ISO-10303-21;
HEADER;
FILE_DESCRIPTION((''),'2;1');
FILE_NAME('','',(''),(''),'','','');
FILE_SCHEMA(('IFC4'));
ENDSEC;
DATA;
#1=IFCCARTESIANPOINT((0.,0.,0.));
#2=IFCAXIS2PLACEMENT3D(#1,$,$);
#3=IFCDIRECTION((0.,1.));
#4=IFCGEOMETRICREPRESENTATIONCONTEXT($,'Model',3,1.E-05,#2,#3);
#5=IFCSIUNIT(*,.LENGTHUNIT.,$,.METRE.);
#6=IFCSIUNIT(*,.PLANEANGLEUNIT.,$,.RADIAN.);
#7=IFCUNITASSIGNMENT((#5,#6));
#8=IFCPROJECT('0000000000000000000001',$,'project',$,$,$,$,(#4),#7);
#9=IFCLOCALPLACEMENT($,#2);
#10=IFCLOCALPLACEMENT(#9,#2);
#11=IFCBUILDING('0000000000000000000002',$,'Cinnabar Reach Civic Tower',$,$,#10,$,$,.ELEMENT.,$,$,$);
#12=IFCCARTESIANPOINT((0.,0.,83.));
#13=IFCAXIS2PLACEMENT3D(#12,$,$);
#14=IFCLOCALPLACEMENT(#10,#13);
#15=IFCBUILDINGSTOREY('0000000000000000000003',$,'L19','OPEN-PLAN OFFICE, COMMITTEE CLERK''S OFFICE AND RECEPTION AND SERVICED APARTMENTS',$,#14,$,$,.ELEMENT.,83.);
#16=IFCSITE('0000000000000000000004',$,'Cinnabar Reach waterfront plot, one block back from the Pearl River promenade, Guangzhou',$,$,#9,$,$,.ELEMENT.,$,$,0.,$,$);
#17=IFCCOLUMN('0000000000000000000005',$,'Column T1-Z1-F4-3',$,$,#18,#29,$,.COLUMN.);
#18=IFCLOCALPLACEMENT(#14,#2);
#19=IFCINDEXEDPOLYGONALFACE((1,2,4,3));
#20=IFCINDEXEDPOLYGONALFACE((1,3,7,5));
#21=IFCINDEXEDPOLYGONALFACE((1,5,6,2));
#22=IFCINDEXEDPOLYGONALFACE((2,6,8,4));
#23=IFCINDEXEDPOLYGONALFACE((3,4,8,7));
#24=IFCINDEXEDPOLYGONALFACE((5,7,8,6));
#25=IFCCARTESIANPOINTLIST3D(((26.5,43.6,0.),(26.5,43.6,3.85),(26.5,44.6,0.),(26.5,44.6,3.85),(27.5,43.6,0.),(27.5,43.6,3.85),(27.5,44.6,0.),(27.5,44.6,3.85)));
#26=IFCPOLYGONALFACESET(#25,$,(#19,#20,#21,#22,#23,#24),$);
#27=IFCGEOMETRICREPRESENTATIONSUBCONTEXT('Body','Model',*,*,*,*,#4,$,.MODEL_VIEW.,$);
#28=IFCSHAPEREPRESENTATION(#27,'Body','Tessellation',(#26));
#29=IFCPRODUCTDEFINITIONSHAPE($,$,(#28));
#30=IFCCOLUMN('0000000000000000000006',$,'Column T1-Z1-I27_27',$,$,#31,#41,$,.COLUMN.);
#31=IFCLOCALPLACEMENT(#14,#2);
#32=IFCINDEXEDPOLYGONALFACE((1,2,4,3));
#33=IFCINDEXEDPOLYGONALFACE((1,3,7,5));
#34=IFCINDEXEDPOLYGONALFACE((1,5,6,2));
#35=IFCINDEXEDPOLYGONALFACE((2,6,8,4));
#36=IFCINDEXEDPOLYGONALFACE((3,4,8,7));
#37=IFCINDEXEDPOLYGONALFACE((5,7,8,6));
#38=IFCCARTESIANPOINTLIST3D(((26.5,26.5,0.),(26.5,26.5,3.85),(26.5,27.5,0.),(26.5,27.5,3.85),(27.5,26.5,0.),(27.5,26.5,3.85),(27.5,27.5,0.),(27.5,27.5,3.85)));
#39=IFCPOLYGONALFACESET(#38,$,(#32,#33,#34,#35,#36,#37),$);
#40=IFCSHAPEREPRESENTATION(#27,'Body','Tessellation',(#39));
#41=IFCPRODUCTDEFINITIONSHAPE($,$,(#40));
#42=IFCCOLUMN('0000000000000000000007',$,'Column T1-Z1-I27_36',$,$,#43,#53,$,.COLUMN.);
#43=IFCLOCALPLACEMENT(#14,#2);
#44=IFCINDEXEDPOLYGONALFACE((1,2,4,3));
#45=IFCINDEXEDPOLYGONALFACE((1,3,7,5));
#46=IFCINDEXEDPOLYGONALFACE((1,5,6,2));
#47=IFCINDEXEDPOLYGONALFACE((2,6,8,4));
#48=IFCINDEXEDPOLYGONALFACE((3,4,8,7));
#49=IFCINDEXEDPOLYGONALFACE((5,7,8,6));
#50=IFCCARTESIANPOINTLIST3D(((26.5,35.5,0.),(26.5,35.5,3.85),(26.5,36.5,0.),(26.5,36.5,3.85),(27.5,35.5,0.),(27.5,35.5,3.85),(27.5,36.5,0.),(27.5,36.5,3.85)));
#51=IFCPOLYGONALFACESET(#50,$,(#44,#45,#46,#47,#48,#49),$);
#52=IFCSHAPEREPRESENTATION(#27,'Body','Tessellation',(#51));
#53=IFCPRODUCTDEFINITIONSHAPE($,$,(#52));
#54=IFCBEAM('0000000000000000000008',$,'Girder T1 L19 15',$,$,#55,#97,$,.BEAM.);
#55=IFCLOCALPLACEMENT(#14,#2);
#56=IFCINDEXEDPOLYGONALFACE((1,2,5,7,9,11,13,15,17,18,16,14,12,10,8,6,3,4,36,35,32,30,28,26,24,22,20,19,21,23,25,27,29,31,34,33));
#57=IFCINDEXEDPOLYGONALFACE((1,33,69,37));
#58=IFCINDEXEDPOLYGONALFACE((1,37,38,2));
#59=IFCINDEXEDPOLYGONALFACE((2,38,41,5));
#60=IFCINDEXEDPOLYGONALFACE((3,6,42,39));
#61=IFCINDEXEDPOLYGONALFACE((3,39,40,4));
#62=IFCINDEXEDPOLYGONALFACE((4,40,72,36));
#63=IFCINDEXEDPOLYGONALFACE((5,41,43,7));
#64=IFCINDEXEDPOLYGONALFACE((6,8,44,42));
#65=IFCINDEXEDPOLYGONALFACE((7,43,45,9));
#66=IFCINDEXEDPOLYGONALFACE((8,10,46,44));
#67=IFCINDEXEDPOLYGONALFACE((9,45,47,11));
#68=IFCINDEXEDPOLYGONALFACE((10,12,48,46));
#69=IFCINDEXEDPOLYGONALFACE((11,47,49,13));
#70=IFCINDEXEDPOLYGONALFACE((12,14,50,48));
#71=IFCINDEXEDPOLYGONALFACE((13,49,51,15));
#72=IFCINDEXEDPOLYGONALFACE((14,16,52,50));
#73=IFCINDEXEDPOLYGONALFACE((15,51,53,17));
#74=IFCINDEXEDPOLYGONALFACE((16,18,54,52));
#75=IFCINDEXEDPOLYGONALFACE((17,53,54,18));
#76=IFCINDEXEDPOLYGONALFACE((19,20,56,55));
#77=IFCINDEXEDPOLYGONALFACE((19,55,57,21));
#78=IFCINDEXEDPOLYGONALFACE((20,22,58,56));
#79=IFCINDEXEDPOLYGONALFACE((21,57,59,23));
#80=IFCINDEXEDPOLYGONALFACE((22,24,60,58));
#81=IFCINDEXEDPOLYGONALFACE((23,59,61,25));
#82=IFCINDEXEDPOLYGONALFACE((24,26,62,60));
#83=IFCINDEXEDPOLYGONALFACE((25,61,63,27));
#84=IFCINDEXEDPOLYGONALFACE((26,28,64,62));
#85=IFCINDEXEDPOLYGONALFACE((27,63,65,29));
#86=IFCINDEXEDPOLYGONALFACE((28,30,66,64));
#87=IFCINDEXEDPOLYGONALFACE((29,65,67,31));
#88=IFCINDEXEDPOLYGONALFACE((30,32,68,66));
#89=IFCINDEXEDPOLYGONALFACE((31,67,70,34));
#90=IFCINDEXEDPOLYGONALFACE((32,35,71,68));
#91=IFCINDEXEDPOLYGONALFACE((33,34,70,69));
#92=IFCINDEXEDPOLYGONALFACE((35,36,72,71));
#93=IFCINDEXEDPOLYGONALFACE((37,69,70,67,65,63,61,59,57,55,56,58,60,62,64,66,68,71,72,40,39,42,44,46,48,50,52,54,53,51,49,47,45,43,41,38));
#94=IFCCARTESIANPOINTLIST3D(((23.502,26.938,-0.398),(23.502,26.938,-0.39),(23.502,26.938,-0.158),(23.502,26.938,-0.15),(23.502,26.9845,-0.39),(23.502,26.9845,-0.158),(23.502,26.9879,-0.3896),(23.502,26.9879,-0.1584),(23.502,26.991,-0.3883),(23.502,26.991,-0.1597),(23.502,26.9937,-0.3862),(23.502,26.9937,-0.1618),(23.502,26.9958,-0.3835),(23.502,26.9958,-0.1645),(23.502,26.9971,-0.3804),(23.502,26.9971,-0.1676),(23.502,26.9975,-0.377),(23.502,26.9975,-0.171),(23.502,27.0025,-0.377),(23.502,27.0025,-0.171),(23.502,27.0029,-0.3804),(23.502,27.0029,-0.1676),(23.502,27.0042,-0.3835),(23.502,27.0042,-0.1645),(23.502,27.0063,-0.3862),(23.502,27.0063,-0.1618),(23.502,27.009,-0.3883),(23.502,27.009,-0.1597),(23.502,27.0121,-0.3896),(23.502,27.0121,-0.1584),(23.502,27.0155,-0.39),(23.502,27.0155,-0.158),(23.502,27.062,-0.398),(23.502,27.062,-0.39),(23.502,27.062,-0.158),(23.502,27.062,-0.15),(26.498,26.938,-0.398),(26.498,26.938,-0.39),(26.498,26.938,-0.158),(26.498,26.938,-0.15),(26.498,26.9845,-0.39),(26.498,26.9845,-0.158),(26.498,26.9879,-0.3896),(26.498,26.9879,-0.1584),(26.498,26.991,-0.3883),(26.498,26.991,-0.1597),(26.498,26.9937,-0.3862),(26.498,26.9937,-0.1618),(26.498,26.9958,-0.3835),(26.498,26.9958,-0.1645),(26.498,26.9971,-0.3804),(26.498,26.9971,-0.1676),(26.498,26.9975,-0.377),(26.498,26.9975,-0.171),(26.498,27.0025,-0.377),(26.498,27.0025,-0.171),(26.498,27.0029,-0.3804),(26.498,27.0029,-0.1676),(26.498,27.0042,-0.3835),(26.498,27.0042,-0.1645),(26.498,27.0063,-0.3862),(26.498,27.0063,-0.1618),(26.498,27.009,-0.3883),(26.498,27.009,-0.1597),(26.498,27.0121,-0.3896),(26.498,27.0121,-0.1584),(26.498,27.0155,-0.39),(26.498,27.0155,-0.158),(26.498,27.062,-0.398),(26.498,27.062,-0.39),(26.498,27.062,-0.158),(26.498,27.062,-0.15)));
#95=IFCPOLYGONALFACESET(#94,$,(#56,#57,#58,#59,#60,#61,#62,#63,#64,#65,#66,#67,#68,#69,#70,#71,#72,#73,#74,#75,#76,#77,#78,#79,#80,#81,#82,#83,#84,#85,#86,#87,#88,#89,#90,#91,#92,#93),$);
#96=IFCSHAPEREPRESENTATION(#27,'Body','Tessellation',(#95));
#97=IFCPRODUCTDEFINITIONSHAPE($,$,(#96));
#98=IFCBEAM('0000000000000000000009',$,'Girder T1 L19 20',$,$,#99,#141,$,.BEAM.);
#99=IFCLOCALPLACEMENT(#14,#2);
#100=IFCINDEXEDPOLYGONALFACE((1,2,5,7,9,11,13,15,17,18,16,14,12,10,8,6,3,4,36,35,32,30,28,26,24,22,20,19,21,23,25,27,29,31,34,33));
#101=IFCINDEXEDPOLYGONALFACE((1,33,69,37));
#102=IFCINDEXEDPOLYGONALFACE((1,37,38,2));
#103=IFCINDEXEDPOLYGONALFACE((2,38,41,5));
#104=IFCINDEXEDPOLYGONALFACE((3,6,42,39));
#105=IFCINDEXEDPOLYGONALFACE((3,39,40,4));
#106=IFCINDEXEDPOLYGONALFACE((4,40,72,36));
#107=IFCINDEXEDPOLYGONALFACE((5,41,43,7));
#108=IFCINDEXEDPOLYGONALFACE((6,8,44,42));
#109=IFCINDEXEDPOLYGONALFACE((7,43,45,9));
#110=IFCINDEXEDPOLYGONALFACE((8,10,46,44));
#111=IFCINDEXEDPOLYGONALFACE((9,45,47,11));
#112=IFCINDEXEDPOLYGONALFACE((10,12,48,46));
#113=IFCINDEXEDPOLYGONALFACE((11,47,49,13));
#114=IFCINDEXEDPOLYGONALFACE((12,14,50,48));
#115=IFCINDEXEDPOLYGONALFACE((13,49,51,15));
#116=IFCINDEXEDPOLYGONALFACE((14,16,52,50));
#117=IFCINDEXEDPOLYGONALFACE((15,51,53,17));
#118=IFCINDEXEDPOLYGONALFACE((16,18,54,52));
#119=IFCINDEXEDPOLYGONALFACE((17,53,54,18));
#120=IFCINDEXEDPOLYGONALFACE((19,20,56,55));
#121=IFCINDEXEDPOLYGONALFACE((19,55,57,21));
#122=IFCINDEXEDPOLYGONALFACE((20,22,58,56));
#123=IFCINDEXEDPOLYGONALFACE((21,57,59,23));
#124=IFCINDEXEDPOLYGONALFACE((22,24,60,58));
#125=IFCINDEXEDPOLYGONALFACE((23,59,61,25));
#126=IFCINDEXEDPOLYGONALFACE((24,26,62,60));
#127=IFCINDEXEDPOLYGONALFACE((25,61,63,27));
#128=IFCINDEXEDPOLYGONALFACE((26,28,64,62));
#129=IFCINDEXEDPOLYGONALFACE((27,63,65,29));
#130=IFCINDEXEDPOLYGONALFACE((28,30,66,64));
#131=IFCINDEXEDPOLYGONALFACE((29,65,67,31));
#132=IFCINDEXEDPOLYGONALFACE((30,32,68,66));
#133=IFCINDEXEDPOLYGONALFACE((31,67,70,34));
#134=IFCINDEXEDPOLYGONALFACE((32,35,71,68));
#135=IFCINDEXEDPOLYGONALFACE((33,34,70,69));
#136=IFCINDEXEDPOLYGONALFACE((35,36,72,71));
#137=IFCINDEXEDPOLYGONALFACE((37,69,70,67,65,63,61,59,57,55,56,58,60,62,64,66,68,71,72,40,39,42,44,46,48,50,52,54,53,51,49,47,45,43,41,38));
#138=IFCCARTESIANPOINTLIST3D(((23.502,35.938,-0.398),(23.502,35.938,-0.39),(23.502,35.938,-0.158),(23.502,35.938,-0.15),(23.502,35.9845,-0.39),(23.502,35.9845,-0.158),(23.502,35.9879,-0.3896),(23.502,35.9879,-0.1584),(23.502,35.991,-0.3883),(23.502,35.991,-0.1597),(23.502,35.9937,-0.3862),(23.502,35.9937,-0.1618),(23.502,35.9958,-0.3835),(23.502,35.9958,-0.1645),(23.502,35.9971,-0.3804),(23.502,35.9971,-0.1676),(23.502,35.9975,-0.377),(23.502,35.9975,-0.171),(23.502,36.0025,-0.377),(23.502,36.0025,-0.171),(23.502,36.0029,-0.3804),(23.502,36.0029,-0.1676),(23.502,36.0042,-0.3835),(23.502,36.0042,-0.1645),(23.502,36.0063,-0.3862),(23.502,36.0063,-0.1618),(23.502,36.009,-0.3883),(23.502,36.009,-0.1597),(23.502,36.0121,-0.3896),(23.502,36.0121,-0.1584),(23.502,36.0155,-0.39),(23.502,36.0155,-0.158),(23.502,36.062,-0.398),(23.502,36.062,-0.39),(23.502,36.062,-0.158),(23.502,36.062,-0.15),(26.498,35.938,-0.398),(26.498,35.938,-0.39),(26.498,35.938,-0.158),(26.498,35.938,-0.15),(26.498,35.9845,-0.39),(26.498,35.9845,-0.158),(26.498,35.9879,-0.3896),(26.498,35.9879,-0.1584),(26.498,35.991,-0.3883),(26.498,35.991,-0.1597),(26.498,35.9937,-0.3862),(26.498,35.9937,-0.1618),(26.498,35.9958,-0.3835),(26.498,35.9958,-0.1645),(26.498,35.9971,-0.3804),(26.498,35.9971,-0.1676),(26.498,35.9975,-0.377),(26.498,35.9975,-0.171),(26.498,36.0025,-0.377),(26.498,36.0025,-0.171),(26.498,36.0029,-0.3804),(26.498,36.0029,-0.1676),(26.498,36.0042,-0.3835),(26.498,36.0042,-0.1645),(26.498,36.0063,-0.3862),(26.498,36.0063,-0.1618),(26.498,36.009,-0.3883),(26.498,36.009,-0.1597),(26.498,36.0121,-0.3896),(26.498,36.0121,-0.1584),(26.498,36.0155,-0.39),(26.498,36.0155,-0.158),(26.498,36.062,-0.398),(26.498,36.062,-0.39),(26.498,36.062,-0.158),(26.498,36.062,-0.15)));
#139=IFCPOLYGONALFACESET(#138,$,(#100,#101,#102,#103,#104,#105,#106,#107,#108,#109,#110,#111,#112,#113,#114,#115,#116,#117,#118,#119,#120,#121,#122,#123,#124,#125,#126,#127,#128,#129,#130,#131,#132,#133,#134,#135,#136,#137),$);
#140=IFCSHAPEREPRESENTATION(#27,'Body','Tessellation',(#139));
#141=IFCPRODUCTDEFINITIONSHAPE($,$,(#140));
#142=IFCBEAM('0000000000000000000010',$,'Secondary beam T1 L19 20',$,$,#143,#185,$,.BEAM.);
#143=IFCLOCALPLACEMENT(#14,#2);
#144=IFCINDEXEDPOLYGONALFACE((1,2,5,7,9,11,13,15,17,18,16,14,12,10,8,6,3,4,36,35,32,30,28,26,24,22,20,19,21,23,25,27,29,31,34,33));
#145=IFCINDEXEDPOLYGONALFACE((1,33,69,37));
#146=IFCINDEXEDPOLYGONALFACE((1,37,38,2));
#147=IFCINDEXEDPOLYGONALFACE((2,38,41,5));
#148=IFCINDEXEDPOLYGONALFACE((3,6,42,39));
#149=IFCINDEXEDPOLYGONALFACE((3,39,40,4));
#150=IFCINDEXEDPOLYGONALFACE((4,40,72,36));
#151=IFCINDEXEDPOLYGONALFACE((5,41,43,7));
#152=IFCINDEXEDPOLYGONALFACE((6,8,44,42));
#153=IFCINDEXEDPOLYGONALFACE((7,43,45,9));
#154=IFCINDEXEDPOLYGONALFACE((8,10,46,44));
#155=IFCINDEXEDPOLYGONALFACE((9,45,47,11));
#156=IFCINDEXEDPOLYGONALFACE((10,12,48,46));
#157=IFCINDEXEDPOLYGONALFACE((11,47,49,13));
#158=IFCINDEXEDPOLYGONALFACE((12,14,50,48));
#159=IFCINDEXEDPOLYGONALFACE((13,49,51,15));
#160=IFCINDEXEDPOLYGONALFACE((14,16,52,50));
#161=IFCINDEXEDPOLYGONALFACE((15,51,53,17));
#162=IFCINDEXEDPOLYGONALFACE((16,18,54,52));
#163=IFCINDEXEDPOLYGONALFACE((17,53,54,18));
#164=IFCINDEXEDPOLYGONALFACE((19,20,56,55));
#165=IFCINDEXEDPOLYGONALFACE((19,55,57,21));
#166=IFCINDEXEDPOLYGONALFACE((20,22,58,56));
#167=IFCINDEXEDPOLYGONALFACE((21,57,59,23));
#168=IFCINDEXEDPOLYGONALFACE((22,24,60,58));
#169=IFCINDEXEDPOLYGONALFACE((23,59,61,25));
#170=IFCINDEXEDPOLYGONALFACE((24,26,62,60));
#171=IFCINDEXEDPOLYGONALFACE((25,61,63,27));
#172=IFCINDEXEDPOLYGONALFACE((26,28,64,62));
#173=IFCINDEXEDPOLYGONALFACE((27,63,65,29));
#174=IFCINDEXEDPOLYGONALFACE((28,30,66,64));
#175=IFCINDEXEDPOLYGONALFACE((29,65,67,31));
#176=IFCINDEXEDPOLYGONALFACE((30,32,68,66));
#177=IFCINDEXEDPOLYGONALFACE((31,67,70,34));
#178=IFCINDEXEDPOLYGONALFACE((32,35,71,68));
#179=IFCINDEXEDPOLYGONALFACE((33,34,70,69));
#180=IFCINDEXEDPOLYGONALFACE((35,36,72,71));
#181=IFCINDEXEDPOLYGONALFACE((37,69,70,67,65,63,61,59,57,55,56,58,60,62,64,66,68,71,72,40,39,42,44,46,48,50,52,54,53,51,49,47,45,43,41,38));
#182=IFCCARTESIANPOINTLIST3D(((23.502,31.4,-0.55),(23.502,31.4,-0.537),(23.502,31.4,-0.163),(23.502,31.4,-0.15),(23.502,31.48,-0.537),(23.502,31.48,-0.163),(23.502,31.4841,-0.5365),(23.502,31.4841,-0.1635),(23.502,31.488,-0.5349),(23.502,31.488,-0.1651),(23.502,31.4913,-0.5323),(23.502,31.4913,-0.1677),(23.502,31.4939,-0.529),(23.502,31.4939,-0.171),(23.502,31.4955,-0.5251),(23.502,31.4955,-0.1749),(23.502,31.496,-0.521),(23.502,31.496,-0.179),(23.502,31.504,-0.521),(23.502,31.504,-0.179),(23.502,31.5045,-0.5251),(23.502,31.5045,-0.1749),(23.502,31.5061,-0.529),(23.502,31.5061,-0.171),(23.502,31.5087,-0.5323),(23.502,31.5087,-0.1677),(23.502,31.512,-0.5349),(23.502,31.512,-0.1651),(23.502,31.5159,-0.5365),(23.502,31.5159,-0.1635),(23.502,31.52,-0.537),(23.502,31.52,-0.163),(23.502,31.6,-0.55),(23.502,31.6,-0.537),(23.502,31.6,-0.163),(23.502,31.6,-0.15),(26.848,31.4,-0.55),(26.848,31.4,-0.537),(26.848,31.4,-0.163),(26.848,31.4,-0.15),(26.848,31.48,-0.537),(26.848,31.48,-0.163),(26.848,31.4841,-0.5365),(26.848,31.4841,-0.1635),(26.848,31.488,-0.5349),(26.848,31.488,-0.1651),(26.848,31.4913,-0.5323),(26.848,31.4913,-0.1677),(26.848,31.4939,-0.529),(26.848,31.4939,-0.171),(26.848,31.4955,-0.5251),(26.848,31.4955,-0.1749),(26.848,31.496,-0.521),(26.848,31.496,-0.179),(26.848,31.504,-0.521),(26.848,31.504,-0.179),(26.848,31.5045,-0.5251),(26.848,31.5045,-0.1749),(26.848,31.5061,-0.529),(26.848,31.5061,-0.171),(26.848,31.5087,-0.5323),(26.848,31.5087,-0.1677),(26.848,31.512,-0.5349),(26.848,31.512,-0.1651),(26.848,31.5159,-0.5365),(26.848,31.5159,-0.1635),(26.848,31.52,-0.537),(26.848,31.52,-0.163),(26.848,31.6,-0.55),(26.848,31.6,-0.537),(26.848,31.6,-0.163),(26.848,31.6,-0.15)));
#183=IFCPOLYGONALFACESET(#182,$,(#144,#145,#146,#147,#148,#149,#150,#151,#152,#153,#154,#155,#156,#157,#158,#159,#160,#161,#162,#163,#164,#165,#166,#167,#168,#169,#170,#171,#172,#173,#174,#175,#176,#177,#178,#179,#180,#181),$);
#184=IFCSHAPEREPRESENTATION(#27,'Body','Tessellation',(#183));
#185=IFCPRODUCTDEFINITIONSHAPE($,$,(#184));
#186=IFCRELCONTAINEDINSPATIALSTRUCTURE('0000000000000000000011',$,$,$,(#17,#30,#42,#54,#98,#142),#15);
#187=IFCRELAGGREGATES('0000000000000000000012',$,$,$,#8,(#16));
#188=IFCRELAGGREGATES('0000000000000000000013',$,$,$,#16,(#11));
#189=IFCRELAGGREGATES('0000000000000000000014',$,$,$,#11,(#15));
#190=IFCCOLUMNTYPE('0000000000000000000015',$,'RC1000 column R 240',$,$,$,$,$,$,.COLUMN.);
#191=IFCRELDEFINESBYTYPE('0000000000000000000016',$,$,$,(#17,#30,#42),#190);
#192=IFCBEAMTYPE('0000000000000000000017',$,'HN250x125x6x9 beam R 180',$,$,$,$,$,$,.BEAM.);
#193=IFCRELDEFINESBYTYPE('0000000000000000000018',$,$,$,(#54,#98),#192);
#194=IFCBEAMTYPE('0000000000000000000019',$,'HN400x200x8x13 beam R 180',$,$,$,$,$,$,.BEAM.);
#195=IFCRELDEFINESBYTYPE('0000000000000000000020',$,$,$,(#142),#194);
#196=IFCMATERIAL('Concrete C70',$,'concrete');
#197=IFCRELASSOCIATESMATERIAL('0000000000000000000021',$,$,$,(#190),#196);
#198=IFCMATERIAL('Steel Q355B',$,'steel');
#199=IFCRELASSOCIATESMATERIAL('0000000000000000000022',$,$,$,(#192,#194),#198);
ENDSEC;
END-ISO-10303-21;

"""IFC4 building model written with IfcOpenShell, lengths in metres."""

from ifc_helpers import new_model, si_unit, direction, frame, origin, origin_2d, place, context, subcontext, project, spatial, rectangle, i_section, extrude, material, material_profile, profile_set, type_object, element, save


model = new_model("IFC4")

# Units and contexts
model_context = context("Model", 3, precision=1e-05, world=origin(), true_north=direction((0.0, 1.0)))
body_context = subcontext(model_context, "Body", "Model", "MODEL_VIEW")
ifc_project = project(units=[si_unit("LENGTHUNIT", "METRE"), si_unit("PLANEANGLEUNIT", "RADIAN")], contexts=[model_context])

# Site, building, storey
site_placement = place(None, origin())
site = spatial("IfcSite", under=ifc_project, at=site_placement, Name="Cinnabar Reach waterfront plot, one block back from the Pearl River promenade, Guangzhou", CompositionType="ELEMENT", RefElevation=0.0)
building_placement = place(site_placement, origin())
building = spatial("IfcBuilding", under=site, at=building_placement, Name="Cinnabar Reach Civic Tower", CompositionType="ELEMENT")
storey_placement = place(building_placement, frame((0.0, 0.0, 83.0)))
storey = spatial("IfcBuildingStorey", under=building, at=storey_placement, Name="L19", Description="OPEN-PLAN OFFICE, COMMITTEE CLERK'S OFFICE AND RECEPTION AND SERVICED APARTMENTS", CompositionType="ELEMENT", Elevation=83.0)

# Columns
ifc_material_1 = material(Name="Concrete C70", Category="concrete")
ifc_material_profile_1 = material_profile(ifc_material_1, rectangle(XDim=1.0, YDim=1.0, at=origin_2d()), Name="RC1000")
ifc_profile_set_1 = profile_set([ifc_material_profile_1], Name="Concrete C70")
column_type = type_object("IfcColumnType", Name="RC1000 column R 240", PredefinedType="COLUMN", material=ifc_profile_set_1)
for number, where, z_axis, x_axis, name in (
    (1, (27.0, 44.1, 0.0), (0.0, 0.0, 1.0), (1.0, 0.0, 0.0), "Column T1-Z1-F4-3"),
    (2, (27.0, 27.0, 0.0), (0.0, 0.0, 1.0), (1.0, 0.0, 0.0), "Column T1-Z1-I27_27"),
    (3, (27.0, 36.0, 0.0), (0.0, 0.0, 1.0), (1.0, 0.0, 0.0), "Column T1-Z1-I27_36"),
):
    element("IfcColumn", number, at=place(storey_placement, frame(where, z_axis=z_axis, x_axis=x_axis)), inside=storey, type_object=column_type, Name=name, PredefinedType="COLUMN", context=body_context, shape_type="SweptSolid", body=[
        extrude(rectangle(XDim=1.0, YDim=1.0, at=origin_2d()), origin(), (0.0, 0.0, 1.0), 3.85),
    ])

# Beams
ifc_material_2 = material(Name="Steel Q355B", Category="steel")
ifc_material_profile_2 = material_profile(ifc_material_2, i_section(OverallWidth=0.124, OverallDepth=0.248, WebThickness=0.005, FlangeThickness=0.008, FilletRadius=0.013, at=origin_2d()), Name="HN250x125x6x9")
ifc_profile_set_2 = profile_set([ifc_material_profile_2], Name="Steel Q355B")
beam_type_1 = type_object("IfcBeamType", Name="HN250x125x6x9 beam R 180", PredefinedType="BEAM", material=ifc_profile_set_2)
for number, where, z_axis, x_axis, name in (
    (4, (23.502, 27.0, -0.274), (1.0, 0.0, 0.0), (0.0, 1.0, 0.0), "Girder T1 L19 15"),
    (5, (23.502, 36.0, -0.274), (1.0, 0.0, 0.0), (0.0, 1.0, 0.0), "Girder T1 L19 20"),
):
    element("IfcBeam", number, at=place(storey_placement, frame(where, z_axis=z_axis, x_axis=x_axis)), inside=storey, type_object=beam_type_1, Name=name, PredefinedType="BEAM", context=body_context, shape_type="SweptSolid", body=[
        extrude(i_section(OverallWidth=0.124, OverallDepth=0.248, WebThickness=0.005, FlangeThickness=0.008, FilletRadius=0.013, at=origin_2d()), origin(), (0.0, 0.0, 1.0), 2.996),
    ])
ifc_material_profile_3 = material_profile(ifc_material_2, i_section(OverallWidth=0.2, OverallDepth=0.4, WebThickness=0.008, FlangeThickness=0.013, FilletRadius=0.016, at=origin_2d()), Name="HN400x200x8x13")
ifc_profile_set_3 = profile_set([ifc_material_profile_3], Name="Steel Q355B")
beam_type_2 = type_object("IfcBeamType", Name="HN400x200x8x13 beam R 180", PredefinedType="BEAM", material=ifc_profile_set_3)
for number, where, z_axis, x_axis, name in (
    (6, (23.502, 31.5, -0.35), (1.0, 0.0, 0.0), (0.0, 1.0, 0.0), "Secondary beam T1 L19 20"),
):
    element("IfcBeam", number, at=place(storey_placement, frame(where, z_axis=z_axis, x_axis=x_axis)), inside=storey, type_object=beam_type_2, Name=name, PredefinedType="BEAM", context=body_context, shape_type="SweptSolid", body=[
        extrude(i_section(OverallWidth=0.2, OverallDepth=0.4, WebThickness=0.008, FlangeThickness=0.013, FilletRadius=0.016, at=origin_2d()), origin(), (0.0, 0.0, 1.0), 3.346),
    ])

save(model, "model.ifc")
